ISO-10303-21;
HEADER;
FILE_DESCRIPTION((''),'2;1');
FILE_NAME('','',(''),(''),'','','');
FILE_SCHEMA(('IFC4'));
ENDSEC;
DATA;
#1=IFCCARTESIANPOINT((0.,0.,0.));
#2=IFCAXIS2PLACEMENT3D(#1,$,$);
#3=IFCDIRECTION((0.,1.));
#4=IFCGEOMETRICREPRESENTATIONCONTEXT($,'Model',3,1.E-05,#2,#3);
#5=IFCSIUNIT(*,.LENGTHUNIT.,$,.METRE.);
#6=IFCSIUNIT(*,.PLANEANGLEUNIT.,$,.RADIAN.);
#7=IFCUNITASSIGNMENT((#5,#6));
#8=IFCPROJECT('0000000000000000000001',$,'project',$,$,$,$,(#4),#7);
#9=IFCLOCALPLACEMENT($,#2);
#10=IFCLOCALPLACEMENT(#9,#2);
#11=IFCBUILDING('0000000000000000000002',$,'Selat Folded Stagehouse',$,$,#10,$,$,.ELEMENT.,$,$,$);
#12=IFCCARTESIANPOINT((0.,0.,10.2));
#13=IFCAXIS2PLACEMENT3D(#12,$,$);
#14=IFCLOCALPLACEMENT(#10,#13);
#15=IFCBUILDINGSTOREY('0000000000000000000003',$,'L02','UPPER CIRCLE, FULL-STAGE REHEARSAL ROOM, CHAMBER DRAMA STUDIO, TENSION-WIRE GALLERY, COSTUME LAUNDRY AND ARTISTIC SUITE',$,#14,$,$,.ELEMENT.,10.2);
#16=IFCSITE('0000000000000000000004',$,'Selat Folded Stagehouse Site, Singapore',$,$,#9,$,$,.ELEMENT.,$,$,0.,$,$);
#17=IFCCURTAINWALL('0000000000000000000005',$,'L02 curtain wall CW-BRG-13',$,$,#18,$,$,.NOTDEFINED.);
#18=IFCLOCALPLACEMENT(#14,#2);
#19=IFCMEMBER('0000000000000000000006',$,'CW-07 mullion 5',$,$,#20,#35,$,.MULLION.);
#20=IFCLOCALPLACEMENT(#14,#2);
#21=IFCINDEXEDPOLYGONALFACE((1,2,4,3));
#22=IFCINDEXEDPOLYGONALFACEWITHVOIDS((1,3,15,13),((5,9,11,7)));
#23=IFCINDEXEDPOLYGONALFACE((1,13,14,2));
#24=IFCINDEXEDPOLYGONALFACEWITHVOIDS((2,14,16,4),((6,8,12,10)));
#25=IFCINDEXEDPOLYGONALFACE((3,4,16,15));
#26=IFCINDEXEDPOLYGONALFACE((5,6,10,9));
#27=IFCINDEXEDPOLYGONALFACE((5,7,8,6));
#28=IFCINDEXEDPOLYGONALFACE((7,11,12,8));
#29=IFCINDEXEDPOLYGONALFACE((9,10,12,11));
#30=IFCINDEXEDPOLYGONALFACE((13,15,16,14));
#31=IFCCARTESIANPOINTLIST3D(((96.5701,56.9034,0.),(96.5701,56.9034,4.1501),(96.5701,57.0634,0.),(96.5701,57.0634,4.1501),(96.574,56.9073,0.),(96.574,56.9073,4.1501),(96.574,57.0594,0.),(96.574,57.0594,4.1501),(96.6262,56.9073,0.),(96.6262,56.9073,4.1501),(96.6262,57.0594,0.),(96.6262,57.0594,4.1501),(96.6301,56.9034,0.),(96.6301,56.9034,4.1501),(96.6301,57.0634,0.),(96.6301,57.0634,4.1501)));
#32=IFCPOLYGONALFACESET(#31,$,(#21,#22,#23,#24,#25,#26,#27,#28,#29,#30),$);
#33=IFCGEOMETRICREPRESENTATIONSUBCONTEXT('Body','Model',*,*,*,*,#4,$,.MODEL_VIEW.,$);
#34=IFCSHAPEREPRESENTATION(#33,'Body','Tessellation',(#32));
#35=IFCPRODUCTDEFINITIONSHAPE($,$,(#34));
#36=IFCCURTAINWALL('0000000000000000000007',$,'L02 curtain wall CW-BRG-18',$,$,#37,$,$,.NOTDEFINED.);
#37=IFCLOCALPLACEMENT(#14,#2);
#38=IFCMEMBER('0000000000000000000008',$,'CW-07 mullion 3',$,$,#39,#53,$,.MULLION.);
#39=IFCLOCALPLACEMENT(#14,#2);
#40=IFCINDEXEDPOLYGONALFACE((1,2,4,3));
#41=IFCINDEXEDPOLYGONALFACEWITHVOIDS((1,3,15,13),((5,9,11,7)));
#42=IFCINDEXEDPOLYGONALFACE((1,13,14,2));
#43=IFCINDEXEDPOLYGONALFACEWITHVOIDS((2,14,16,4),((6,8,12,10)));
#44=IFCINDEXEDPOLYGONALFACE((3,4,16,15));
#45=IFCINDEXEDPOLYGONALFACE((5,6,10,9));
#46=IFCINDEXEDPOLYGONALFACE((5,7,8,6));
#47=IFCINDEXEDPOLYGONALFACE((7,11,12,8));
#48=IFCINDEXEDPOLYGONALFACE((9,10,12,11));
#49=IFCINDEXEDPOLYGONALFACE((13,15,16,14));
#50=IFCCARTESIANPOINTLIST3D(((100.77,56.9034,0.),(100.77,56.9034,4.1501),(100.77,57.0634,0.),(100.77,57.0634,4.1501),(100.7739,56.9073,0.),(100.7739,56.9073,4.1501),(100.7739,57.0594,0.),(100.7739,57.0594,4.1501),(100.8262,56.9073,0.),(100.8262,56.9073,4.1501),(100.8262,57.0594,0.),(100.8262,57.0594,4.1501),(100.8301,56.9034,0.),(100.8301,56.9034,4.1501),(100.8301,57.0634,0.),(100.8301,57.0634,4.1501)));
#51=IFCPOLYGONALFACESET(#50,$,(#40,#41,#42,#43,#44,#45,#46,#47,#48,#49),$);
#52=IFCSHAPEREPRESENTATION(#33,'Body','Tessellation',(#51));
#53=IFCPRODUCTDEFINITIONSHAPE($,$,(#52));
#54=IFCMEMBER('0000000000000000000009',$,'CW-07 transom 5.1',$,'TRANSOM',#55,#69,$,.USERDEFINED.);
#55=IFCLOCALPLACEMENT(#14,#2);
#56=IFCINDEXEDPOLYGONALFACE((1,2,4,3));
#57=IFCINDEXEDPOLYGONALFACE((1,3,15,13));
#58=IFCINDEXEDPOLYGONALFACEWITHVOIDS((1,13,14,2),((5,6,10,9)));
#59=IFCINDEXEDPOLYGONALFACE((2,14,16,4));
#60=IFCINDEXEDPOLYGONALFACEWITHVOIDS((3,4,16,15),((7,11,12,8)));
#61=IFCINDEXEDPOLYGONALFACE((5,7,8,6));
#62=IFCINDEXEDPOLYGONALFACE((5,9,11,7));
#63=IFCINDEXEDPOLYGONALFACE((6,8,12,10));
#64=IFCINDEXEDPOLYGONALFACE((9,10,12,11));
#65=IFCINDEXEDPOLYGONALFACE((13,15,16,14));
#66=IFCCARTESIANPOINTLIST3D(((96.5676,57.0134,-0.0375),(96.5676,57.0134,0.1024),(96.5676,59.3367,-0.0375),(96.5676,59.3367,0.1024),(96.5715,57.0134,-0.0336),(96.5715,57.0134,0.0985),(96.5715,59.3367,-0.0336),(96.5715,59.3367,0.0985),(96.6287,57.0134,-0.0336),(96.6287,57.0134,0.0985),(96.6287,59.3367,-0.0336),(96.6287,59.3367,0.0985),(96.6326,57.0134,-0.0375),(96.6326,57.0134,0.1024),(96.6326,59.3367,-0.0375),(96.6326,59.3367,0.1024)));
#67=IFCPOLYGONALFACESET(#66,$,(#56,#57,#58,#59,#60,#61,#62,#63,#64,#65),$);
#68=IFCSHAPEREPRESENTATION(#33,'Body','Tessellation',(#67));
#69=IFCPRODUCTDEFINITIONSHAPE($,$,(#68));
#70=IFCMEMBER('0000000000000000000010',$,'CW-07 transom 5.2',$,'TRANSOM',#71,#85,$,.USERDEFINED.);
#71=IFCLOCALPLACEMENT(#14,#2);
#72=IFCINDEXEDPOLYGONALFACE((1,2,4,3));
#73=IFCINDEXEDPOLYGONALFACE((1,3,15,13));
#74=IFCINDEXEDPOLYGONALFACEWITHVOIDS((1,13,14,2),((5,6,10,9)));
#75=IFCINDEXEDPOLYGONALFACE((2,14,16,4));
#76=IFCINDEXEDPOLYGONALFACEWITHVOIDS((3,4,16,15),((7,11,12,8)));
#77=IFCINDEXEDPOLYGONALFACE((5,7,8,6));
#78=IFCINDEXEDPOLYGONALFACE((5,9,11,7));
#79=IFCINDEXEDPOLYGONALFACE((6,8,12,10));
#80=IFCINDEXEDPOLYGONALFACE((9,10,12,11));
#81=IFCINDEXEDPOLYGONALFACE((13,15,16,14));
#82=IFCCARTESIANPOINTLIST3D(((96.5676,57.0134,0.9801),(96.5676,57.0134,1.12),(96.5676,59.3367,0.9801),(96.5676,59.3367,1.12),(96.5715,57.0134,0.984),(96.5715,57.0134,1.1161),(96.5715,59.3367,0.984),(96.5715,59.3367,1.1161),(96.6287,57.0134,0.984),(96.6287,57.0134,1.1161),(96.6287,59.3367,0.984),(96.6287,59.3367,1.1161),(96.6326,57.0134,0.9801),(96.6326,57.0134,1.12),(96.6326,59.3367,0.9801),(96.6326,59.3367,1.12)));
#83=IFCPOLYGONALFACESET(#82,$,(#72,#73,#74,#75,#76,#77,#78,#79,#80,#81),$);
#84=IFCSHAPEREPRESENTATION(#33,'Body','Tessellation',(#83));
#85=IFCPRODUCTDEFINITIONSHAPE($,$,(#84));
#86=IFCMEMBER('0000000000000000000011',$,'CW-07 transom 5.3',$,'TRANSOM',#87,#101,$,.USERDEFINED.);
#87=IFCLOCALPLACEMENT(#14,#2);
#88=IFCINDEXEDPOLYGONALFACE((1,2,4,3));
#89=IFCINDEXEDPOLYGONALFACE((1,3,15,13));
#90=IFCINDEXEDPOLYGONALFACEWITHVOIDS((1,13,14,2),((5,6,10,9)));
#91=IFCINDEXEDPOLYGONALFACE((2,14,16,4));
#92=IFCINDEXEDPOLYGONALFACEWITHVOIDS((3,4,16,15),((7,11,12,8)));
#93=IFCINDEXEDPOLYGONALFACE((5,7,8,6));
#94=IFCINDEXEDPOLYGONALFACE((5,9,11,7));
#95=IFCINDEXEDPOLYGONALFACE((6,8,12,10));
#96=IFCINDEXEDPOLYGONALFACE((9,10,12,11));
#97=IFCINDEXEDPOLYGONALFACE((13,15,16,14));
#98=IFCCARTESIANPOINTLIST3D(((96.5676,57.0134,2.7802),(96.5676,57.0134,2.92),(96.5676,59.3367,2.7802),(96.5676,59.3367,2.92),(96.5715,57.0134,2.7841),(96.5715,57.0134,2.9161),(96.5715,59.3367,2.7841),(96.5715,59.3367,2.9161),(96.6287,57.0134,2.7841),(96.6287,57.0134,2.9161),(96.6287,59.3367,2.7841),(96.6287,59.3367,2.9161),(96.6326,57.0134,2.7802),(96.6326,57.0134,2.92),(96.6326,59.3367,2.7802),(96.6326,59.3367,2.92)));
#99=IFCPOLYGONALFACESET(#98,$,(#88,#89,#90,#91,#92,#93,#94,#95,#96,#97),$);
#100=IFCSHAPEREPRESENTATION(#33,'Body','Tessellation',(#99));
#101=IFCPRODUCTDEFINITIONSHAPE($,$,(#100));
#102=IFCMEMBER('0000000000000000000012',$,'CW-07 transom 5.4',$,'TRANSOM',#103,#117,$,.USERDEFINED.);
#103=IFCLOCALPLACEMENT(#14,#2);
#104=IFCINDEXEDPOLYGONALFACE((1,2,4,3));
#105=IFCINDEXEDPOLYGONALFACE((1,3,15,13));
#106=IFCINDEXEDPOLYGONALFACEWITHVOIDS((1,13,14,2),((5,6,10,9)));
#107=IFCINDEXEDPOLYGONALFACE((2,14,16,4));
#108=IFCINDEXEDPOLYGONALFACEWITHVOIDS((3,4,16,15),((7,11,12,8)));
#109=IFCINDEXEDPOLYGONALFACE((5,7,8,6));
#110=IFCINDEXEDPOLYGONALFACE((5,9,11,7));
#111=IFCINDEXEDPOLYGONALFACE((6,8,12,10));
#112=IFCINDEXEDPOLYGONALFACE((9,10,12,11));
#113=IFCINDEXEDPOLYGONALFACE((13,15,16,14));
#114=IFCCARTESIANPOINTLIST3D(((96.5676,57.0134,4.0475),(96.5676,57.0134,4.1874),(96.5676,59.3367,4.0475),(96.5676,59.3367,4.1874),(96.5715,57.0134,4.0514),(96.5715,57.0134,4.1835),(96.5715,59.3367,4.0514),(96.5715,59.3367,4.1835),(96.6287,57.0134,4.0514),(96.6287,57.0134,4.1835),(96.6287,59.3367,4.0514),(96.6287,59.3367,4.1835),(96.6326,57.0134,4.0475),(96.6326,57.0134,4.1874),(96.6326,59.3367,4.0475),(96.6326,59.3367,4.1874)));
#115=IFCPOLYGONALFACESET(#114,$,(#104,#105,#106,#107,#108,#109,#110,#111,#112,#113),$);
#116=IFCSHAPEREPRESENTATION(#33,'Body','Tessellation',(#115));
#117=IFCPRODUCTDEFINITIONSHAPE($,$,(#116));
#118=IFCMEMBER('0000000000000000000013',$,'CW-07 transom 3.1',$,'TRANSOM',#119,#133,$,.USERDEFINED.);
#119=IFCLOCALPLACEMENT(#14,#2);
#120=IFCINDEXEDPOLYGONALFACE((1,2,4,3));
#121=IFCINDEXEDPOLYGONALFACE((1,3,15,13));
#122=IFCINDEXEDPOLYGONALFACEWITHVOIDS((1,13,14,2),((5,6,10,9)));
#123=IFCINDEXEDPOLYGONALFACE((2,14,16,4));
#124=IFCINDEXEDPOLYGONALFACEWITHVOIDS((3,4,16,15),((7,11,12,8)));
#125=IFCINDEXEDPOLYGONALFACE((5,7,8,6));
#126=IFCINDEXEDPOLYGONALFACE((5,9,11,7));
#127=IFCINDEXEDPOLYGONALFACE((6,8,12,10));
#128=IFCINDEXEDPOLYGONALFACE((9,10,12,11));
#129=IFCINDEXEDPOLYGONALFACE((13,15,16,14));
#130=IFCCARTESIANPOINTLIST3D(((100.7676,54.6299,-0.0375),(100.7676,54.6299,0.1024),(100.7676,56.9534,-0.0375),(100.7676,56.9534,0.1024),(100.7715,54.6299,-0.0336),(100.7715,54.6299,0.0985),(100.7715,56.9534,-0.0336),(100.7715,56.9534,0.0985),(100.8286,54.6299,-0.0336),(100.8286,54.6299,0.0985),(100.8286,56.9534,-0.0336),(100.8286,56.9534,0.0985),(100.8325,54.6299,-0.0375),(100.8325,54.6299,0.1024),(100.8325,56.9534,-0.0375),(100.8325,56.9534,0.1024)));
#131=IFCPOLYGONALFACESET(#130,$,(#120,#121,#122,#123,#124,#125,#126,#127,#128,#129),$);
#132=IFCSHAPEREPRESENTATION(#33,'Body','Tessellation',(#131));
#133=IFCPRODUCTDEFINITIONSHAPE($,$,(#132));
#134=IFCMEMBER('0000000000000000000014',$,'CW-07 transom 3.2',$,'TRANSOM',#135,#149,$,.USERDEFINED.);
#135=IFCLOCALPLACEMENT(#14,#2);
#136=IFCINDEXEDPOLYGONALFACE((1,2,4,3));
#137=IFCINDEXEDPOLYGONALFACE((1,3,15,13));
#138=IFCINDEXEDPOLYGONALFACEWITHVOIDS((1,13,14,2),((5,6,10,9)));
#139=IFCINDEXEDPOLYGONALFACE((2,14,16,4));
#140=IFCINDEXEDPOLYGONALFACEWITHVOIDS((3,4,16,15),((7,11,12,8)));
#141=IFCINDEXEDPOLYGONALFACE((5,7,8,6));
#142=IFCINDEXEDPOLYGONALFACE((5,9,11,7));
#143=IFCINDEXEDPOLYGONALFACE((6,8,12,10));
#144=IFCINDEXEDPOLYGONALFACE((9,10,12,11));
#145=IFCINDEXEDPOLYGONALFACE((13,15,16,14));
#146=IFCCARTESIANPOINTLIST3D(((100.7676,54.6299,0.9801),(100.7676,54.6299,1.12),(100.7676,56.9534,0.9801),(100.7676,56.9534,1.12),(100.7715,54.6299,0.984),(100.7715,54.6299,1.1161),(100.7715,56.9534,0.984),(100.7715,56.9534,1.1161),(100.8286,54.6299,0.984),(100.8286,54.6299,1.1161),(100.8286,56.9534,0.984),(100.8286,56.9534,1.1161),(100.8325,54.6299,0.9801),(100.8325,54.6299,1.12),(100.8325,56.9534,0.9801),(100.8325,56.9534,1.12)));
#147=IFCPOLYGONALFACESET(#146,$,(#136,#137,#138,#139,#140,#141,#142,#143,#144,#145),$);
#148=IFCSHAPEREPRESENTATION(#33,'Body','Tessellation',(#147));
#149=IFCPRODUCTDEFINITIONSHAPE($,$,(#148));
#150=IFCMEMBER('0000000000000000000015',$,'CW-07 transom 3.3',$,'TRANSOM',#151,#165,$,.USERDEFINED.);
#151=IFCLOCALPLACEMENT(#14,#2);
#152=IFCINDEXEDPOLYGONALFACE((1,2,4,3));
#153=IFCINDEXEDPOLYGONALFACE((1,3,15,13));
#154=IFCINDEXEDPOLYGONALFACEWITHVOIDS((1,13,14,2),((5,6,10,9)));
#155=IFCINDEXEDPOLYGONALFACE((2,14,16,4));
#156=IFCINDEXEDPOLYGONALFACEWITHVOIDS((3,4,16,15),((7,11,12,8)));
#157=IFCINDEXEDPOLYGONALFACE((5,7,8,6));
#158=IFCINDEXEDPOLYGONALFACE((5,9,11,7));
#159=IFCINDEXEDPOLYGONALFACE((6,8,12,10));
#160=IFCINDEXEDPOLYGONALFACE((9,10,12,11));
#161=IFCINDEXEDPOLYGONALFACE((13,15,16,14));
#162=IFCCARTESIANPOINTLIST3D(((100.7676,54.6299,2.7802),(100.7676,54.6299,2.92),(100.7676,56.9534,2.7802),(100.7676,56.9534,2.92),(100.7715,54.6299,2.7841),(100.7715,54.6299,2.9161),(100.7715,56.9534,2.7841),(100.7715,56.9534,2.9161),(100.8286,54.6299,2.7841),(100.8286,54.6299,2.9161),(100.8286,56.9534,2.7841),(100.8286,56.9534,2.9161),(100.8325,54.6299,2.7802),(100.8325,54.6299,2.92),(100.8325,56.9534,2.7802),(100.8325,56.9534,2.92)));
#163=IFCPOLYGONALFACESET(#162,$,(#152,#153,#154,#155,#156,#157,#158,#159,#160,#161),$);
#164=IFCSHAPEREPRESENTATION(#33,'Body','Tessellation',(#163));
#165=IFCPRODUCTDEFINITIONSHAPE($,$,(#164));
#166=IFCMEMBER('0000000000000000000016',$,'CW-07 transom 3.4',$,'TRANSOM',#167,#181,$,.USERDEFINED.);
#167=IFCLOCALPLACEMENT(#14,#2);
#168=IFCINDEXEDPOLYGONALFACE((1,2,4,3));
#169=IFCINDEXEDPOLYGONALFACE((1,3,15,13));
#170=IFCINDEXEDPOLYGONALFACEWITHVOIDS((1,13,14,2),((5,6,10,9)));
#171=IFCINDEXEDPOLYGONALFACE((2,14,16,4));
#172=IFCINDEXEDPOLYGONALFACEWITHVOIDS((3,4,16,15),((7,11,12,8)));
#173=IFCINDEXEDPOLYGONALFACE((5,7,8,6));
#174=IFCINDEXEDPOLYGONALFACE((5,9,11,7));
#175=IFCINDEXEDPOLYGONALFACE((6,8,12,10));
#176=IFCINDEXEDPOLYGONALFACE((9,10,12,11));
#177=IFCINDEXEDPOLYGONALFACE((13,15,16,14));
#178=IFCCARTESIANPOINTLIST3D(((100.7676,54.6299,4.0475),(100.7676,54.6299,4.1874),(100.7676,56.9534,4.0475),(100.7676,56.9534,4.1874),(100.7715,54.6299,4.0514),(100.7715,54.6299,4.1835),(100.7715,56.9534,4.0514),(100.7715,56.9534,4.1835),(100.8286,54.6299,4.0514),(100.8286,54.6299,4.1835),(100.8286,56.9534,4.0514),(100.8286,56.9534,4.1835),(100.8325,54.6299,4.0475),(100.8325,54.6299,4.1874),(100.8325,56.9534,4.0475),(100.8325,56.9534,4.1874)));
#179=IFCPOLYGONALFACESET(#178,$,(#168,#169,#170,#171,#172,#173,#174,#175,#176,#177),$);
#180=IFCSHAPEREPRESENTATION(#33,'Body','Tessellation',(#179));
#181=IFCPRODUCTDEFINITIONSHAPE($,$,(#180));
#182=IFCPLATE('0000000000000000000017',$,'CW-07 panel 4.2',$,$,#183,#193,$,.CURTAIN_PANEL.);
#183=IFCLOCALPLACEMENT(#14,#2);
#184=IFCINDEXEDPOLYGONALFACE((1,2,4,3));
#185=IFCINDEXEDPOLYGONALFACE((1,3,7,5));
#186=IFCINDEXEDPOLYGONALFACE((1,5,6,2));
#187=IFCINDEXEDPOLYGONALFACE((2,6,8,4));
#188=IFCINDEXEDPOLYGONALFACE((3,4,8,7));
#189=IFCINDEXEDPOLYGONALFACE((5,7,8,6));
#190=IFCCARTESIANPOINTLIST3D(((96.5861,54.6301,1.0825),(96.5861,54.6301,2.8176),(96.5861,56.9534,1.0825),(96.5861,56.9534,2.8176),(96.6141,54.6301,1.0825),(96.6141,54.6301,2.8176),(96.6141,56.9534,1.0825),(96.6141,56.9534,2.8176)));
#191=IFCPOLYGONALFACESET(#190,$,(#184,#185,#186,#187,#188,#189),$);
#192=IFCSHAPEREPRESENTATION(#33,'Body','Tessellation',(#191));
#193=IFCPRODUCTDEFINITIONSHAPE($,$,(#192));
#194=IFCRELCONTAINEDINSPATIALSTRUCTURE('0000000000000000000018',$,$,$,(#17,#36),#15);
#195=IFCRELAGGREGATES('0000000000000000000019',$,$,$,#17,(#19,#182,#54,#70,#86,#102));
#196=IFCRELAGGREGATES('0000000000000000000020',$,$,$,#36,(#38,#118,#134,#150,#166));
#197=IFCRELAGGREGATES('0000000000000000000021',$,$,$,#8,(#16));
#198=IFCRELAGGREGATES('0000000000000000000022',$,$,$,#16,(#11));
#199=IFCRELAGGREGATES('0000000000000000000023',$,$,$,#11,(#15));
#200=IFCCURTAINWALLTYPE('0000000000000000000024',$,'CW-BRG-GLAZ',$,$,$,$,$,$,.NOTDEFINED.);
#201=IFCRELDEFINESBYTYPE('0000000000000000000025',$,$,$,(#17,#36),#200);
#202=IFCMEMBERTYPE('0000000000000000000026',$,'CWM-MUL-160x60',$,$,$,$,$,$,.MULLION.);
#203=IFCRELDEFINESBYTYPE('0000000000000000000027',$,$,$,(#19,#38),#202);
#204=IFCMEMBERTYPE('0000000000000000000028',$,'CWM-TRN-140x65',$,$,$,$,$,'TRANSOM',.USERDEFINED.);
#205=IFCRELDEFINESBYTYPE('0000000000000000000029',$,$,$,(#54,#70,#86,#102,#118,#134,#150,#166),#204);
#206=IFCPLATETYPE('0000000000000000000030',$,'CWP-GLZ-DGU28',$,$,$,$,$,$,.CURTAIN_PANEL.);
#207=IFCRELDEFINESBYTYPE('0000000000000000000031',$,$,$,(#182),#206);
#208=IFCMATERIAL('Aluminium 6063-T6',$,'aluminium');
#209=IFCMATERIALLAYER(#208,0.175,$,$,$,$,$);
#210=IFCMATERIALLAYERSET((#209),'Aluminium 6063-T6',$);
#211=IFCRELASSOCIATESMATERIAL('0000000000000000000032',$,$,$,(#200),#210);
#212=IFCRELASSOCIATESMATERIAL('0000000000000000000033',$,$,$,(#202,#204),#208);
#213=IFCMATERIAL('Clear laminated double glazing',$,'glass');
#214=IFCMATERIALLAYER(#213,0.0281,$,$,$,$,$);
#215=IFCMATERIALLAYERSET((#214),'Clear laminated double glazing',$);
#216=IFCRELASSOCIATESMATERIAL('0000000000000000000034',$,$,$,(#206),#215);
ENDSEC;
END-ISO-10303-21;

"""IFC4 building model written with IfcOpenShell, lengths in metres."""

from ifc_helpers import new_model, si_unit, direction, frame, origin, origin_2d, place, context, subcontext, project, spatial, rectangle, hollow_rectangle, extrude, material, layer, layer_set, material_profile, profile_set, type_object, element, aggregate, save


model = new_model("IFC4")

# Units and contexts
model_context = context("Model", 3, precision=1e-05, world=origin(), true_north=direction((0.0, 1.0)))
body_context = subcontext(model_context, "Body", "Model", "MODEL_VIEW")
ifc_project = project(units=[si_unit("LENGTHUNIT", "METRE"), si_unit("PLANEANGLEUNIT", "RADIAN")], contexts=[model_context])

# Site, building, storey
site_placement = place(None, origin())
site = spatial("IfcSite", under=ifc_project, at=site_placement, Name="Selat Folded Stagehouse Site, Singapore", CompositionType="ELEMENT", RefElevation=0.0)
building_placement = place(site_placement, origin())
building = spatial("IfcBuilding", under=site, at=building_placement, Name="Selat Folded Stagehouse", CompositionType="ELEMENT")
storey_placement = place(building_placement, frame((0.0, 0.0, 10.2)))
storey = spatial("IfcBuildingStorey", under=building, at=storey_placement, Name="L02", Description="UPPER CIRCLE, FULL-STAGE REHEARSAL ROOM, CHAMBER DRAMA STUDIO, TENSION-WIRE GALLERY, COSTUME LAUNDRY AND ARTISTIC SUITE", CompositionType="ELEMENT", Elevation=10.2)

# Curtain walls, members
ifc_material_1 = material(Name="Aluminium 6063-T6", Category="aluminium")
ifc_layer_1 = layer(ifc_material_1, 0.175)
ifc_layer_set_1 = layer_set([ifc_layer_1], Name="Aluminium 6063-T6")
curtain_wall_type = type_object("IfcCurtainWallType", Name="CW-BRG-GLAZ", PredefinedType="NOTDEFINED", material=ifc_layer_set_1)
curtain_wall_1_placement = place(storey_placement, origin())
curtain_wall_1 = element("IfcCurtainWall", 1, at=curtain_wall_1_placement, inside=storey, type_object=curtain_wall_type, Name="L02 curtain wall CW-BRG-13", PredefinedType="NOTDEFINED")
ifc_material_profile_1 = material_profile(ifc_material_1, hollow_rectangle(XDim=0.0601, YDim=0.1599, WallThickness=0.0039, at=origin_2d()), Name="ALU 160x60x4.0")
ifc_profile_set_1 = profile_set([ifc_material_profile_1], Name="Aluminium 6063-T6")
member_type_1 = type_object("IfcMemberType", Name="CWM-MUL-160x60", PredefinedType="MULLION", material=ifc_profile_set_1)
member_1_placement = place(storey_placement, frame((96.6001, 56.9834, 0.0), z_axis=(0.0, 0.0, 1.0), x_axis=(-1.0, 0.0, 0.0)))
member_1 = element("IfcMember", 2, at=member_1_placement, type_object=member_type_1, Name="CW-07 mullion 5", PredefinedType="MULLION", context=body_context, shape_type="SweptSolid", body=[
    extrude(hollow_rectangle(XDim=0.0601, YDim=0.1599, WallThickness=0.0039, at=origin_2d()), origin(), (0.0, 0.0, 1.0), 4.1501),
])
curtain_wall_2_placement = place(storey_placement, origin())
curtain_wall_2 = element("IfcCurtainWall", 3, at=curtain_wall_2_placement, inside=storey, type_object=curtain_wall_type, Name="L02 curtain wall CW-BRG-18", PredefinedType="NOTDEFINED")
member_2_placement = place(storey_placement, frame((100.8, 56.9834, 0.0), z_axis=(0.0, 0.0, 1.0), x_axis=(1.0, 0.0, 0.0)))
member_2 = element("IfcMember", 4, at=member_2_placement, type_object=member_type_1, Name="CW-07 mullion 3", PredefinedType="MULLION", context=body_context, shape_type="SweptSolid", body=[
    extrude(hollow_rectangle(XDim=0.0601, YDim=0.1599, WallThickness=0.0039, at=origin_2d()), origin(), (0.0, 0.0, 1.0), 4.1501),
])

# Members
ifc_material_profile_2 = material_profile(ifc_material_1, hollow_rectangle(XDim=0.0649, YDim=0.1399, WallThickness=0.0039, at=origin_2d()), Name="ALU 140x65x4.0")
ifc_profile_set_2 = profile_set([ifc_material_profile_2], Name="Aluminium 6063-T6")
member_type_2 = type_object("IfcMemberType", Name="CWM-TRN-140x65", ElementType="TRANSOM", PredefinedType="USERDEFINED", material=ifc_profile_set_2)
member_3_placement = place(storey_placement, frame((96.6001, 57.0134, 0.0325), z_axis=(0.0, 1.0, 0.0), x_axis=(-1.0, 0.0, 0.0)))
member_3 = element("IfcMember", 5, at=member_3_placement, type_object=member_type_2, Name="CW-07 transom 5.1", ObjectType="TRANSOM", PredefinedType="USERDEFINED", context=body_context, shape_type="SweptSolid", body=[
    extrude(hollow_rectangle(XDim=0.0649, YDim=0.1399, WallThickness=0.0039, at=origin_2d()), origin(), (0.0, 0.0, 1.0), 2.3232),
])
member_4_placement = place(storey_placement, frame((96.6001, 57.0134, 1.05), z_axis=(0.0, 1.0, 0.0), x_axis=(-1.0, 0.0, 0.0)))
member_4 = element("IfcMember", 6, at=member_4_placement, type_object=member_type_2, Name="CW-07 transom 5.2", ObjectType="TRANSOM", PredefinedType="USERDEFINED", context=body_context, shape_type="SweptSolid", body=[
    extrude(hollow_rectangle(XDim=0.0649, YDim=0.1399, WallThickness=0.0039, at=origin_2d()), origin(), (0.0, 0.0, 1.0), 2.3232),
])
member_5_placement = place(storey_placement, frame((96.6001, 57.0134, 2.8501), z_axis=(0.0, 1.0, 0.0), x_axis=(-1.0, 0.0, 0.0)))
member_5 = element("IfcMember", 7, at=member_5_placement, type_object=member_type_2, Name="CW-07 transom 5.3", ObjectType="TRANSOM", PredefinedType="USERDEFINED", context=body_context, shape_type="SweptSolid", body=[
    extrude(hollow_rectangle(XDim=0.0649, YDim=0.1399, WallThickness=0.0039, at=origin_2d()), origin(), (0.0, 0.0, 1.0), 2.3232),
])
member_6_placement = place(storey_placement, frame((96.6001, 57.0134, 4.1174), z_axis=(0.0, 1.0, 0.0), x_axis=(-1.0, 0.0, 0.0)))
member_6 = element("IfcMember", 8, at=member_6_placement, type_object=member_type_2, Name="CW-07 transom 5.4", ObjectType="TRANSOM", PredefinedType="USERDEFINED", context=body_context, shape_type="SweptSolid", body=[
    extrude(hollow_rectangle(XDim=0.0649, YDim=0.1399, WallThickness=0.0039, at=origin_2d()), origin(), (0.0, 0.0, 1.0), 2.3232),
])
member_7_placement = place(storey_placement, frame((100.8, 56.9534, 0.0325), z_axis=(0.0, -1.0, 0.0), x_axis=(1.0, 0.0, 0.0)))
member_7 = element("IfcMember", 9, at=member_7_placement, type_object=member_type_2, Name="CW-07 transom 3.1", ObjectType="TRANSOM", PredefinedType="USERDEFINED", context=body_context, shape_type="SweptSolid", body=[
    extrude(hollow_rectangle(XDim=0.0649, YDim=0.1399, WallThickness=0.0039, at=origin_2d()), origin(), (0.0, 0.0, 1.0), 2.3235),
])
member_8_placement = place(storey_placement, frame((100.8, 56.9534, 1.05), z_axis=(0.0, -1.0, 0.0), x_axis=(1.0, 0.0, 0.0)))
member_8 = element("IfcMember", 10, at=member_8_placement, type_object=member_type_2, Name="CW-07 transom 3.2", ObjectType="TRANSOM", PredefinedType="USERDEFINED", context=body_context, shape_type="SweptSolid", body=[
    extrude(hollow_rectangle(XDim=0.0649, YDim=0.1399, WallThickness=0.0039, at=origin_2d()), origin(), (0.0, 0.0, 1.0), 2.3235),
])
member_9_placement = place(storey_placement, frame((100.8, 56.9534, 2.8501), z_axis=(0.0, -1.0, 0.0), x_axis=(1.0, 0.0, 0.0)))
member_9 = element("IfcMember", 11, at=member_9_placement, type_object=member_type_2, Name="CW-07 transom 3.3", ObjectType="TRANSOM", PredefinedType="USERDEFINED", context=body_context, shape_type="SweptSolid", body=[
    extrude(hollow_rectangle(XDim=0.0649, YDim=0.1399, WallThickness=0.0039, at=origin_2d()), origin(), (0.0, 0.0, 1.0), 2.3235),
])
member_10_placement = place(storey_placement, frame((100.8, 56.9534, 4.1174), z_axis=(0.0, -1.0, 0.0), x_axis=(1.0, 0.0, 0.0)))
member_10 = element("IfcMember", 12, at=member_10_placement, type_object=member_type_2, Name="CW-07 transom 3.4", ObjectType="TRANSOM", PredefinedType="USERDEFINED", context=body_context, shape_type="SweptSolid", body=[
    extrude(hollow_rectangle(XDim=0.0649, YDim=0.1399, WallThickness=0.0039, at=origin_2d()), origin(), (0.0, 0.0, 1.0), 2.3235),
])

# Plate
ifc_material_2 = material(Name="Clear laminated double glazing", Category="glass")
ifc_layer_2 = layer(ifc_material_2, 0.0281)
ifc_layer_set_2 = layer_set([ifc_layer_2], Name="Clear laminated double glazing")
plate_type = type_object("IfcPlateType", Name="CWP-GLZ-DGU28", PredefinedType="CURTAIN_PANEL", material=ifc_layer_set_2)
plate_1_placement = place(storey_placement, frame((96.6001, 55.7917, 1.0825), z_axis=(0.0, 0.0, 1.0), x_axis=(0.0, 1.0, 0.0)))
plate_1 = element("IfcPlate", 13, at=plate_1_placement, type_object=plate_type, Name="CW-07 panel 4.2", PredefinedType="CURTAIN_PANEL", context=body_context, shape_type="SweptSolid", body=[
    extrude(rectangle(XDim=2.3232, YDim=0.0281, at=origin_2d()), origin(), (0.0, 0.0, 1.0), 1.7351),
])
aggregate(curtain_wall_1, [member_1, plate_1, member_3, member_4, member_5, member_6])
aggregate(curtain_wall_2, [member_2, member_7, member_8, member_9, member_10])

save(model, "model.ifc")
